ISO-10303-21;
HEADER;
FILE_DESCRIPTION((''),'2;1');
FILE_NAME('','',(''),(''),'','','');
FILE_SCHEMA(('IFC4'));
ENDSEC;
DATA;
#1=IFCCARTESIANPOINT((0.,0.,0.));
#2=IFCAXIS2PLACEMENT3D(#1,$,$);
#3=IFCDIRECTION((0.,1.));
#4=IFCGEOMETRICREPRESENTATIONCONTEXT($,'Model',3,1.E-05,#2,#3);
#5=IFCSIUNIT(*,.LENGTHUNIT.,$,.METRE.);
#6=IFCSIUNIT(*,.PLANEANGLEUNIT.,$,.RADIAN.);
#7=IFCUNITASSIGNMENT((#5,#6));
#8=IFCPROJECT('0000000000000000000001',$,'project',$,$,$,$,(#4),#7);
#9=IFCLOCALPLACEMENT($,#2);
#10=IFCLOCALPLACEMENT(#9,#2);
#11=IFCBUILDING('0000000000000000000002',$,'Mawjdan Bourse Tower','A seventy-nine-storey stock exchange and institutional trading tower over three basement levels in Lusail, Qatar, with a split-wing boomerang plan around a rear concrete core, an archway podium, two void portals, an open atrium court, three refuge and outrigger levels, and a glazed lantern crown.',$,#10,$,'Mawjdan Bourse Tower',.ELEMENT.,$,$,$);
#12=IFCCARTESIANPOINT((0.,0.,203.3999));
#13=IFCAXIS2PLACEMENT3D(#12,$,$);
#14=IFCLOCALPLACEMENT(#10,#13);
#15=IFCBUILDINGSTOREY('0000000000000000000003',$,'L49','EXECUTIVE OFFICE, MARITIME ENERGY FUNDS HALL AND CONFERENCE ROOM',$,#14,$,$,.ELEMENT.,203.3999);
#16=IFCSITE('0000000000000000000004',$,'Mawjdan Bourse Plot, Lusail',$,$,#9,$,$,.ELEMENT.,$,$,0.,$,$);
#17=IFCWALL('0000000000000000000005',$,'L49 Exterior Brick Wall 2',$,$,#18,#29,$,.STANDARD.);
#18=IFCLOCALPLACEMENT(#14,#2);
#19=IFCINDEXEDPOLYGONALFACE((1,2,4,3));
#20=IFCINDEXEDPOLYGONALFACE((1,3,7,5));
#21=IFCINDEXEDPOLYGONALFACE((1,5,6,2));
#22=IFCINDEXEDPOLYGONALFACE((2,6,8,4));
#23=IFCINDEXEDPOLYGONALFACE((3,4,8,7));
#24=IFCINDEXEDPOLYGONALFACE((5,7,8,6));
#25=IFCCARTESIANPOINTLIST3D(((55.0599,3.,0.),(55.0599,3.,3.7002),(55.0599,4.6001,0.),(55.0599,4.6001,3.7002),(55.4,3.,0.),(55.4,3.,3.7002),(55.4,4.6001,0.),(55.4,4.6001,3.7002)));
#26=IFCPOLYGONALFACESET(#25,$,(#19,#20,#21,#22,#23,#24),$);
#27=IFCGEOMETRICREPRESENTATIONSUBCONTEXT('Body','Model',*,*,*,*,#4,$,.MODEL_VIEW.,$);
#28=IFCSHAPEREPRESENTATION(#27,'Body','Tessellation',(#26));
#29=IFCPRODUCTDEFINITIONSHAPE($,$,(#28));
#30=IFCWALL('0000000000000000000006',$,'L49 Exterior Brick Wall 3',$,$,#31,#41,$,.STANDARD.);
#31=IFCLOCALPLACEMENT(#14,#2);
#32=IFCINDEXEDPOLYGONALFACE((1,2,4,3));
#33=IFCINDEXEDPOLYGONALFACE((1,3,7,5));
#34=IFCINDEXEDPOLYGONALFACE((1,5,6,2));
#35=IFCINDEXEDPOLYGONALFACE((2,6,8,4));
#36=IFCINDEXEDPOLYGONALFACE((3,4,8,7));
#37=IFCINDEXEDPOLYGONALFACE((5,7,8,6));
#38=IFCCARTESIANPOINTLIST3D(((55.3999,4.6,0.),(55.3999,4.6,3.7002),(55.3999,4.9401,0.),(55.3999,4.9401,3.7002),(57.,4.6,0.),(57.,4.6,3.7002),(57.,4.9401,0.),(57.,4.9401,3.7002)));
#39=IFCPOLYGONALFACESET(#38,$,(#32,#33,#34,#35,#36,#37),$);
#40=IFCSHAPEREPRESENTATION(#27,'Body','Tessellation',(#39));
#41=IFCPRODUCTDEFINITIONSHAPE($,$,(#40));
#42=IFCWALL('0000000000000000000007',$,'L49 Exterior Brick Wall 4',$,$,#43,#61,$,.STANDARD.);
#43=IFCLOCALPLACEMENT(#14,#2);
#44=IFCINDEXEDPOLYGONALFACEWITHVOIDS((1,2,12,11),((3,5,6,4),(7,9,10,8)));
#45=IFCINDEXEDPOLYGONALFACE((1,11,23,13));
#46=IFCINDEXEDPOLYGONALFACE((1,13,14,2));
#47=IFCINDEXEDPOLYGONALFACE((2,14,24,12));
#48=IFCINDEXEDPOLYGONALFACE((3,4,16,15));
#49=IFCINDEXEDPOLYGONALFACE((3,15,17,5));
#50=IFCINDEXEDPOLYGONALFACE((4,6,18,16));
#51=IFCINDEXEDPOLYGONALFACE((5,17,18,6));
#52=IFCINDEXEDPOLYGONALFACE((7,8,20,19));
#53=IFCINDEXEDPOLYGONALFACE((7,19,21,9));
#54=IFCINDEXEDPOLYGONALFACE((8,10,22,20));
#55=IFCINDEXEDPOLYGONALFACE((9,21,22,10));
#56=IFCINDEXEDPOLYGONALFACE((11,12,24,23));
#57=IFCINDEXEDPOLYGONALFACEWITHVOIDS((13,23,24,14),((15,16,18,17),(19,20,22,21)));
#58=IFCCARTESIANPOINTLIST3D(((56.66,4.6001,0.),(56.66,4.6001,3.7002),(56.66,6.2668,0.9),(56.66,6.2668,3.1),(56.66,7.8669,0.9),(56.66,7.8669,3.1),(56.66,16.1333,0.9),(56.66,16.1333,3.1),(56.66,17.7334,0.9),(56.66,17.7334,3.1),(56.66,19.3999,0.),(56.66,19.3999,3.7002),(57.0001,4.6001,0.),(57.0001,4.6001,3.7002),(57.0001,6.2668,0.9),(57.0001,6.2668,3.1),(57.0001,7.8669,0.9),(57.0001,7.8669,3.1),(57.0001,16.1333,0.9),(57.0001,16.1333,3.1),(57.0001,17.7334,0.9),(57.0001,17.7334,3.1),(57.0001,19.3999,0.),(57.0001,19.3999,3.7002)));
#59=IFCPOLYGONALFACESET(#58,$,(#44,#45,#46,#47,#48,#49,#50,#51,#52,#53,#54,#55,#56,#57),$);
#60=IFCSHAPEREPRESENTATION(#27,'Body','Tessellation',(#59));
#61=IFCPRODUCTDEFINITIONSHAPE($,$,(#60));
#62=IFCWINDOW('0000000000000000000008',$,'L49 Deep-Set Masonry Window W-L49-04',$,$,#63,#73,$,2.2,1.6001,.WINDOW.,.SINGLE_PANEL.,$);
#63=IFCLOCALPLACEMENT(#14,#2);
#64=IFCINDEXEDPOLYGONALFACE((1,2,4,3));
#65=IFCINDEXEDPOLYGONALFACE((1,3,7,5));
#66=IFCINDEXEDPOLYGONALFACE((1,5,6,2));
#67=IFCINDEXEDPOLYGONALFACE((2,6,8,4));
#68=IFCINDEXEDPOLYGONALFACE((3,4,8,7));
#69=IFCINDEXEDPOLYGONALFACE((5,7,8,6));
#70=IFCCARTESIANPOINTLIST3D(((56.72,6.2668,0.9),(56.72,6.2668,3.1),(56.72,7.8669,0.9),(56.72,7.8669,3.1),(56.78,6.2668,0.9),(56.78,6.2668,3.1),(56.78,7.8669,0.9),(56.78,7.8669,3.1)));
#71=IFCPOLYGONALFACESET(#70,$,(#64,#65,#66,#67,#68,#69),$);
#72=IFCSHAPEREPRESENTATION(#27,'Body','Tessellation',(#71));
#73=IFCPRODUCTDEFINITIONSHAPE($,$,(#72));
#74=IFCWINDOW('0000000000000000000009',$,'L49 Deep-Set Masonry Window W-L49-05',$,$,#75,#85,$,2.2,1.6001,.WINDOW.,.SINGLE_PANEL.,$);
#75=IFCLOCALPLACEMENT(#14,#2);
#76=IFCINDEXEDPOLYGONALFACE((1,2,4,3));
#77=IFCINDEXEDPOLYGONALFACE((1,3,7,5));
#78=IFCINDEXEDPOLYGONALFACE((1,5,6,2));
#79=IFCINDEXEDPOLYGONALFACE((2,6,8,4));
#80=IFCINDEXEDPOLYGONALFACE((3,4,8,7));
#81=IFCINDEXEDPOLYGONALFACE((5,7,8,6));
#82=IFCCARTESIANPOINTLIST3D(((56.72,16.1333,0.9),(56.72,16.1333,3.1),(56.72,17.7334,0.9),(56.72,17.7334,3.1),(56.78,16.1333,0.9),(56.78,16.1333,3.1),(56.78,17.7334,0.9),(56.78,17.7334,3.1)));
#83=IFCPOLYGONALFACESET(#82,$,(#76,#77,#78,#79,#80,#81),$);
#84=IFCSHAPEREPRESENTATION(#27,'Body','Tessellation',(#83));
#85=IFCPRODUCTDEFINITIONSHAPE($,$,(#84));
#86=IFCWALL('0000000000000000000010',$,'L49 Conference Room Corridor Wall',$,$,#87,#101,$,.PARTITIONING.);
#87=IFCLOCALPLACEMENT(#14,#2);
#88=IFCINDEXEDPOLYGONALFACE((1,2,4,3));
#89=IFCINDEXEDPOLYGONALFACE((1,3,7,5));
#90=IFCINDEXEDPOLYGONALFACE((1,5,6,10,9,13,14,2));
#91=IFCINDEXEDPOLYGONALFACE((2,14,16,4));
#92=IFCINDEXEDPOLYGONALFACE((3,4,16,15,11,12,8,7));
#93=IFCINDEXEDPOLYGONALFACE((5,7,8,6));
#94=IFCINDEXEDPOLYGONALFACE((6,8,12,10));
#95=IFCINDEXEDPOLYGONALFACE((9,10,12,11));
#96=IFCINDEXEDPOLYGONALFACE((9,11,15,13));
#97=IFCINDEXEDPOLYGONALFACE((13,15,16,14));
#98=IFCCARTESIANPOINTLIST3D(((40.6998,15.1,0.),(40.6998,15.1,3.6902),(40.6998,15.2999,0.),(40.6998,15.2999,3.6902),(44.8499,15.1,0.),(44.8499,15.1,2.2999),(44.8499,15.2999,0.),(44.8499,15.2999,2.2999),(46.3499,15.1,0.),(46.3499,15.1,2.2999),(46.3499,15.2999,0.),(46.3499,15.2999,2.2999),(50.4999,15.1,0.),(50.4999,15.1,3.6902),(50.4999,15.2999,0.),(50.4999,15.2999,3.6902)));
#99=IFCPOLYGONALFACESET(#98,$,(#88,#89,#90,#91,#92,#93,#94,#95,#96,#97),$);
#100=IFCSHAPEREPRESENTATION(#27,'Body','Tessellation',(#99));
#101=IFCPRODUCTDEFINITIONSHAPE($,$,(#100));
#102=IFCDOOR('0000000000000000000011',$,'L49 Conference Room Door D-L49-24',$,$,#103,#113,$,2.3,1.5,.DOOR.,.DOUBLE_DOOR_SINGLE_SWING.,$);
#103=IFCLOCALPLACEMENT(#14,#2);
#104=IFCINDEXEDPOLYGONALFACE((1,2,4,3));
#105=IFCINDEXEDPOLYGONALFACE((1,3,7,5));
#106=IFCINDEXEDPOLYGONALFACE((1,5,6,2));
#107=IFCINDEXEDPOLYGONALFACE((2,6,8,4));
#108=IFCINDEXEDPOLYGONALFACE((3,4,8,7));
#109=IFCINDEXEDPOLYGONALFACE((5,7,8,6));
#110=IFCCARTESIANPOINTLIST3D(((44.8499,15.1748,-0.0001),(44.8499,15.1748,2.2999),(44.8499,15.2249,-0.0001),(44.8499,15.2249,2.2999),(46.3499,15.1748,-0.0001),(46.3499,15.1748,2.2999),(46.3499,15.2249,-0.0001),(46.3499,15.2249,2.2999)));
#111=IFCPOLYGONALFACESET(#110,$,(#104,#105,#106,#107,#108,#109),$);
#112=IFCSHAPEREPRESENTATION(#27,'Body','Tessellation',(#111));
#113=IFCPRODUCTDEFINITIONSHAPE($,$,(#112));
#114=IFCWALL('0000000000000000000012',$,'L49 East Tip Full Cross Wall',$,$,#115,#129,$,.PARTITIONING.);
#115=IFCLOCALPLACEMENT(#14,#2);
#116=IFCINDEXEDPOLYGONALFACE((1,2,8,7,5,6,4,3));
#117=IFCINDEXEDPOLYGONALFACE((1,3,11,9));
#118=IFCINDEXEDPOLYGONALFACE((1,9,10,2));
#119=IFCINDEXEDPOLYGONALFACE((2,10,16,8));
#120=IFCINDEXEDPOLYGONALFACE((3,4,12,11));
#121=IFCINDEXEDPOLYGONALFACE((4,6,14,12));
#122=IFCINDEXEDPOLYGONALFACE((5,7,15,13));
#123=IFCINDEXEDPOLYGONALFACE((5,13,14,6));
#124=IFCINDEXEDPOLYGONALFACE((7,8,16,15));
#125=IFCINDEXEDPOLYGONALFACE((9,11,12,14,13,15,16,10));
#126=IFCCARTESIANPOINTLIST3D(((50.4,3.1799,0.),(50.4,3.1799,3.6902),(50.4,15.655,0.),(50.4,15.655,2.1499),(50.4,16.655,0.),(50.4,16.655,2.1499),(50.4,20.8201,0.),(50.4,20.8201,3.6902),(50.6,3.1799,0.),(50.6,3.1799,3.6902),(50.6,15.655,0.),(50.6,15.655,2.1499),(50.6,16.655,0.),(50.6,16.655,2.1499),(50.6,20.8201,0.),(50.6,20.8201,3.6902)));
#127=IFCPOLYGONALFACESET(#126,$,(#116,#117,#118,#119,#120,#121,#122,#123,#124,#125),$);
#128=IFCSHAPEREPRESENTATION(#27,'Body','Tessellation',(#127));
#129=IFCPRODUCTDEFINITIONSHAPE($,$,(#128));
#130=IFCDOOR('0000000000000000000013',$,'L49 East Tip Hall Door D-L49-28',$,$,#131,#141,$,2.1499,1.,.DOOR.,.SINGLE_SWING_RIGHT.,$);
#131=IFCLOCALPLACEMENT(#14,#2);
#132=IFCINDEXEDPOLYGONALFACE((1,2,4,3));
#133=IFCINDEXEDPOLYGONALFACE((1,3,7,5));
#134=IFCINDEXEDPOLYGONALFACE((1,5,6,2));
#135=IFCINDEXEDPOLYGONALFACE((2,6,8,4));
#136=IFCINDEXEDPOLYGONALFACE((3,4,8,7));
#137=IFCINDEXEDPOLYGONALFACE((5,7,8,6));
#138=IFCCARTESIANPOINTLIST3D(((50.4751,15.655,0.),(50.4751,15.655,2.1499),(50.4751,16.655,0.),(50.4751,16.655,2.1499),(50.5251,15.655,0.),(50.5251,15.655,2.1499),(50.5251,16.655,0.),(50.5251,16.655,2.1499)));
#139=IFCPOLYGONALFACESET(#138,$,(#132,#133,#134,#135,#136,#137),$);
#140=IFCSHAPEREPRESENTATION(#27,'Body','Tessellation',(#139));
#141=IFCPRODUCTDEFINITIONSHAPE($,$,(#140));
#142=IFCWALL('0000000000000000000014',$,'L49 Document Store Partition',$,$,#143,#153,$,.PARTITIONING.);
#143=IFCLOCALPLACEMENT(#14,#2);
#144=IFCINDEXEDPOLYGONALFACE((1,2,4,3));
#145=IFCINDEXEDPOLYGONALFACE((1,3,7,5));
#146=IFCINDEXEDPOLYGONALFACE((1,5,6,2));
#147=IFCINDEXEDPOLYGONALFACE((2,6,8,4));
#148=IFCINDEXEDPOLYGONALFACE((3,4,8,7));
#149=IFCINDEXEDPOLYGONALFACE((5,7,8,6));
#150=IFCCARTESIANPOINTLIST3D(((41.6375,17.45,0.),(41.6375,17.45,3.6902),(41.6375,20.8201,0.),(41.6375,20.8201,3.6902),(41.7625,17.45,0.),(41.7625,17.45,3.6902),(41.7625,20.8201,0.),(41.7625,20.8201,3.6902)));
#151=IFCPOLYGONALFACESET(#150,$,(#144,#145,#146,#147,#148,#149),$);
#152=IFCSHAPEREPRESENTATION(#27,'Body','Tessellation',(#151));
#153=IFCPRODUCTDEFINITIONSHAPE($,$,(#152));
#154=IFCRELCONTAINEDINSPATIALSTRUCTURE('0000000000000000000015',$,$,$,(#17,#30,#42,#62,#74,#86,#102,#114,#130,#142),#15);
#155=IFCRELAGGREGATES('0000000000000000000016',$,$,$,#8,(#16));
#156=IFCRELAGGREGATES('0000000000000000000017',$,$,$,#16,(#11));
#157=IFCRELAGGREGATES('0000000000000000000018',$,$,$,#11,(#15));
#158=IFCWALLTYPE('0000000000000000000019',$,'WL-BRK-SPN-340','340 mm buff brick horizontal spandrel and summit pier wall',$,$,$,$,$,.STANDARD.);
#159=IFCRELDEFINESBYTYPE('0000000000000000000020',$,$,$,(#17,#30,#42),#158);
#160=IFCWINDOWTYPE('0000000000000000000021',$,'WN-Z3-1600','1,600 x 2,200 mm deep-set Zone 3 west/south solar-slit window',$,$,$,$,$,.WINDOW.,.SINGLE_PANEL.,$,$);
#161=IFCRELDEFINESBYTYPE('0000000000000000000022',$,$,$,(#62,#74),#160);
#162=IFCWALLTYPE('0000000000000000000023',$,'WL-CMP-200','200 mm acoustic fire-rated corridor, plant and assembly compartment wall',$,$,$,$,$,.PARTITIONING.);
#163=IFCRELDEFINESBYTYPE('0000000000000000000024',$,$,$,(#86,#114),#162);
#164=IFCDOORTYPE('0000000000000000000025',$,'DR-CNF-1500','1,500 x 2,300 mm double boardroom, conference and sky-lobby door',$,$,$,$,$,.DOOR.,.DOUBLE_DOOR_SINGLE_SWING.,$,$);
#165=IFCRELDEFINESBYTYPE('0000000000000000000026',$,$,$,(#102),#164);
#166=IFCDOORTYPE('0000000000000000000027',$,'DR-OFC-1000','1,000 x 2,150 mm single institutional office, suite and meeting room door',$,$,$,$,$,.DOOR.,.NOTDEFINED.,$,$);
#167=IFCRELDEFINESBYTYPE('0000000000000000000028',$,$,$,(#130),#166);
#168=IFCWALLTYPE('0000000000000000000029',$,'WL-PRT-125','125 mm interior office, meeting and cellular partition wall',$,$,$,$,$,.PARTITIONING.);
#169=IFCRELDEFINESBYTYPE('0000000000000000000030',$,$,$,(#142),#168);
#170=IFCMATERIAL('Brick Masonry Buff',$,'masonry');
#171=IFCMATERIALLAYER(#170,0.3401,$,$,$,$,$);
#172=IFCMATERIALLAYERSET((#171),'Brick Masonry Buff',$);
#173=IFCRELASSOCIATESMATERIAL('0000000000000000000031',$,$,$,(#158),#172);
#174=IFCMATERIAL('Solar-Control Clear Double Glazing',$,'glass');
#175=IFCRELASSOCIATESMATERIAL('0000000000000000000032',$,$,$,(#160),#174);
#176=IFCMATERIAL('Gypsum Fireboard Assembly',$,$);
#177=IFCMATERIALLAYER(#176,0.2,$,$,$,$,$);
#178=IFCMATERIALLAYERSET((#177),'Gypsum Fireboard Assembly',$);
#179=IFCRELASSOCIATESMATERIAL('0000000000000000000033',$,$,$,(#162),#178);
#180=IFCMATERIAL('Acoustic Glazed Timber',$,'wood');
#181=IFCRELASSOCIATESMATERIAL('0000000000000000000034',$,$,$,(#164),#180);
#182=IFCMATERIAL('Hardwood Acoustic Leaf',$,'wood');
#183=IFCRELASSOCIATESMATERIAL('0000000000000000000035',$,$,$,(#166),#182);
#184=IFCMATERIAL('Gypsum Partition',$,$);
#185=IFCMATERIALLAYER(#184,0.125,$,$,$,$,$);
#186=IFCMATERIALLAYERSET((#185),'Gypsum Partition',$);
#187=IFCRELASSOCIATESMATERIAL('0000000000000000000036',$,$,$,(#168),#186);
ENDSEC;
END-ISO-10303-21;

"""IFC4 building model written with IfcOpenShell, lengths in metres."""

from ifc_helpers import new_model, si_unit, direction, frame, frame_2d, origin, place, context, subcontext, project, spatial, rectangle, extrude, material, layer, layer_set, type_object, element, fill, save


model = new_model("IFC4")

# Units and contexts
model_context = context("Model", 3, precision=1e-05, world=origin(), true_north=direction((0.0, 1.0)))
body_context = subcontext(model_context, "Body", "Model", "MODEL_VIEW")
ifc_project = project(units=[si_unit("LENGTHUNIT", "METRE"), si_unit("PLANEANGLEUNIT", "RADIAN")], contexts=[model_context])

# Site, building, storey
site_placement = place(None, origin())
site = spatial("IfcSite", under=ifc_project, at=site_placement, Name="Mawjdan Bourse Plot, Lusail", CompositionType="ELEMENT", RefElevation=0.0)
building_placement = place(site_placement, origin())
building = spatial("IfcBuilding", under=site, at=building_placement, Name="Mawjdan Bourse Tower", Description="A seventy-nine-storey stock exchange and institutional trading tower over three basement levels in Lusail, Qatar, with a split-wing boomerang plan around a rear concrete core, an archway podium, two void portals, an open atrium court, three refuge and outrigger levels, and a glazed lantern crown.", LongName="Mawjdan Bourse Tower", CompositionType="ELEMENT")
storey_placement = place(building_placement, frame((0.0, 0.0, 203.3999)))
storey = spatial("IfcBuildingStorey", under=building, at=storey_placement, Name="L49", Description="EXECUTIVE OFFICE, MARITIME ENERGY FUNDS HALL AND CONFERENCE ROOM", CompositionType="ELEMENT", Elevation=203.3999)

# Walls
ifc_material_1 = material(Name="Brick Masonry Buff", Category="masonry")
ifc_layer_1 = layer(ifc_material_1, 0.3401)
ifc_layer_set_1 = layer_set([ifc_layer_1], Name="Brick Masonry Buff")
wall_type_1 = type_object("IfcWallType", Name="WL-BRK-SPN-340", Description="340 mm buff brick horizontal spandrel and summit pier wall", PredefinedType="STANDARD", material=ifc_layer_set_1)
for number, where, z_axis, x_axis, name in (
    (1, (55.23, 3.0, 0.0), (0.0, 0.0, 1.0), (0.0, 1.0, 0.0), "L49 Exterior Brick Wall 2"),
    (2, (55.3999, 4.77, 0.0), (0.0, 0.0, 1.0), (1.0, 0.0, 0.0), "L49 Exterior Brick Wall 3"),
):
    element("IfcWall", number, at=place(storey_placement, frame(where, z_axis=z_axis, x_axis=x_axis)), inside=storey, type_object=wall_type_1, Name=name, PredefinedType="STANDARD", context=body_context, shape_type="SweptSolid", body=[
        extrude(rectangle(XDim=1.6001, YDim=0.3401, at=frame_2d((0.8, 0.0))), origin(), (0.0, 0.0, 1.0), 3.7002),
    ])

# Wall, openings, windows
wall_1_placement = place(storey_placement, frame((56.8301, 4.6001, 0.0), z_axis=(0.0, 0.0, 1.0), x_axis=(0.0, 1.0, 0.0)))
wall_1 = element("IfcWall", 3, at=wall_1_placement, inside=storey, type_object=wall_type_1, Name="L49 Exterior Brick Wall 4", PredefinedType="STANDARD", context=body_context, shape_type="SweptSolid", body=[
    extrude(rectangle(XDim=14.7998, YDim=0.3401, at=frame_2d((7.3999, 0.0))), origin(), (0.0, 0.0, 1.0), 3.7002),
])
opening_1_placement = place(wall_1_placement, frame((1.6667, 0.0, 0.8999)))
opening_1 = element("IfcOpeningElement", 4, at=opening_1_placement, cuts=wall_1, PredefinedType="OPENING", context=body_context, shape_type="SweptSolid", body=[
    extrude(rectangle(XDim=1.6001, YDim=2.2, at=frame_2d((0.8, 1.1001))), frame((0.0, 0.1802, 0.0), z_axis=(0.0, -1.0, 0.0), x_axis=(1.0, 0.0, 0.0)), (0.0, 0.0, 1.0), 0.3601),
])
opening_2_placement = place(wall_1_placement, frame((11.5332, 0.0, 0.8999)))
opening_2 = element("IfcOpeningElement", 5, at=opening_2_placement, cuts=wall_1, PredefinedType="OPENING", context=body_context, shape_type="SweptSolid", body=[
    extrude(rectangle(XDim=1.6001, YDim=2.2, at=frame_2d((0.8, 1.1001))), frame((0.0, 0.1802, 0.0), z_axis=(0.0, -1.0, 0.0), x_axis=(1.0, 0.0, 0.0)), (0.0, 0.0, 1.0), 0.3601),
])
ifc_material_2 = material(Name="Solar-Control Clear Double Glazing", Category="glass")
window_type = type_object("IfcWindowType", Name="WN-Z3-1600", Description="1,600 x 2,200 mm deep-set Zone 3 west/south solar-slit window", PartitioningType="SINGLE_PANEL", PredefinedType="WINDOW", material=ifc_material_2)
window_1_placement = place(opening_1_placement, origin())
window_1 = element("IfcWindow", 6, at=window_1_placement, inside=storey, type_object=window_type, Name="L49 Deep-Set Masonry Window W-L49-04", OverallHeight=2.2, OverallWidth=1.6001, PartitioningType="SINGLE_PANEL", PredefinedType="WINDOW", context=body_context, shape_type="SweptSolid", body=[
    extrude(rectangle(XDim=1.6001, YDim=2.2, at=frame_2d((0.8, 1.1001))), frame((0.0, 0.1101, 0.0), z_axis=(0.0, -1.0, 0.0), x_axis=(1.0, 0.0, 0.0)), (0.0, 0.0, 1.0), 0.0601),
])
fill(opening_1, window_1)
window_2_placement = place(opening_2_placement, origin())
window_2 = element("IfcWindow", 7, at=window_2_placement, inside=storey, type_object=window_type, Name="L49 Deep-Set Masonry Window W-L49-05", OverallHeight=2.2, OverallWidth=1.6001, PartitioningType="SINGLE_PANEL", PredefinedType="WINDOW", context=body_context, shape_type="SweptSolid", body=[
    extrude(rectangle(XDim=1.6001, YDim=2.2, at=frame_2d((0.8, 1.1001))), frame((0.0, 0.1101, 0.0), z_axis=(0.0, -1.0, 0.0), x_axis=(1.0, 0.0, 0.0)), (0.0, 0.0, 1.0), 0.0601),
])
fill(opening_2, window_2)

# Walls, openings, doors
ifc_material_3 = material(Name="Gypsum Fireboard Assembly")
ifc_layer_2 = layer(ifc_material_3, 0.2)
ifc_layer_set_2 = layer_set([ifc_layer_2], Name="Gypsum Fireboard Assembly")
wall_type_2 = type_object("IfcWallType", Name="WL-CMP-200", Description="200 mm acoustic fire-rated corridor, plant and assembly compartment wall", PredefinedType="PARTITIONING", material=ifc_layer_set_2)
wall_2_placement = place(storey_placement, frame((40.7, 15.2, 0.0), z_axis=(0.0, 0.0, 1.0), x_axis=(1.0, 0.0, 0.0)))
wall_2 = element("IfcWall", 8, at=wall_2_placement, inside=storey, type_object=wall_type_2, Name="L49 Conference Room Corridor Wall", PredefinedType="PARTITIONING", context=body_context, shape_type="SweptSolid", body=[
    extrude(rectangle(XDim=9.8, YDim=0.2, at=frame_2d((4.8999, 0.0))), origin(), (0.0, 0.0, 1.0), 3.6902),
])
opening_3_placement = place(wall_2_placement, frame((4.1499, 0.0, 0.0)))
opening_3 = element("IfcOpeningElement", 9, at=opening_3_placement, cuts=wall_2, PredefinedType="OPENING", context=body_context, shape_type="SweptSolid", body=[
    extrude(rectangle(XDim=1.5, YDim=2.3, at=frame_2d((0.75, 1.1499))), frame((0.0, 0.1099, 0.0), z_axis=(0.0, -1.0, 0.0), x_axis=(1.0, 0.0, 0.0)), (0.0, 0.0, 1.0), 0.22),
])
ifc_material_4 = material(Name="Acoustic Glazed Timber", Category="wood")
door_type_1 = type_object("IfcDoorType", Name="DR-CNF-1500", Description="1,500 x 2,300 mm double boardroom, conference and sky-lobby door", OperationType="DOUBLE_DOOR_SINGLE_SWING", PredefinedType="DOOR", material=ifc_material_4)
door_1_placement = place(opening_3_placement, origin())
door_1 = element("IfcDoor", 10, at=door_1_placement, inside=storey, type_object=door_type_1, Name="L49 Conference Room Door D-L49-24", OperationType="DOUBLE_DOOR_SINGLE_SWING", OverallHeight=2.3, OverallWidth=1.5, PredefinedType="DOOR", context=body_context, shape_type="SweptSolid", body=[
    extrude(rectangle(XDim=1.5, YDim=2.3, at=frame_2d((0.75, 1.1499))), frame((0.0, 0.0249, 0.0), z_axis=(0.0, -1.0, 0.0), x_axis=(1.0, 0.0, 0.0)), (0.0, 0.0, 1.0), 0.05),
])
fill(opening_3, door_1)
wall_3_placement = place(storey_placement, frame((50.5, 3.1799, 0.0), z_axis=(0.0, 0.0, 1.0), x_axis=(0.0, 1.0, 0.0)))
wall_3 = element("IfcWall", 11, at=wall_3_placement, inside=storey, type_object=wall_type_2, Name="L49 East Tip Full Cross Wall", PredefinedType="PARTITIONING", context=body_context, shape_type="SweptSolid", body=[
    extrude(rectangle(XDim=17.6401, YDim=0.2, at=frame_2d((8.8201, 0.0))), origin(), (0.0, 0.0, 1.0), 3.6902),
])
opening_4_placement = place(wall_3_placement, frame((12.4751, 0.0, 0.0)))
opening_4 = element("IfcOpeningElement", 12, at=opening_4_placement, cuts=wall_3, PredefinedType="OPENING", context=body_context, shape_type="SweptSolid", body=[
    extrude(rectangle(XDim=1.0, YDim=2.1499, at=frame_2d((0.5, 1.075))), frame((0.0, 0.1099, 0.0), z_axis=(0.0, -1.0, 0.0), x_axis=(1.0, 0.0, 0.0)), (0.0, 0.0, 1.0), 0.22),
])
ifc_material_5 = material(Name="Hardwood Acoustic Leaf", Category="wood")
door_type_2 = type_object("IfcDoorType", Name="DR-OFC-1000", Description="1,000 x 2,150 mm single institutional office, suite and meeting room door", OperationType="NOTDEFINED", PredefinedType="DOOR", material=ifc_material_5)
door_2_placement = place(opening_4_placement, origin())
door_2 = element("IfcDoor", 13, at=door_2_placement, inside=storey, type_object=door_type_2, Name="L49 East Tip Hall Door D-L49-28", OperationType="SINGLE_SWING_RIGHT", OverallHeight=2.1499, OverallWidth=1.0, PredefinedType="DOOR", context=body_context, shape_type="SweptSolid", body=[
    extrude(rectangle(XDim=1.0, YDim=2.1499, at=frame_2d((0.5, 1.075))), frame((0.0, 0.0249, 0.0), z_axis=(0.0, -1.0, 0.0), x_axis=(1.0, 0.0, 0.0)), (0.0, 0.0, 1.0), 0.05),
])
fill(opening_4, door_2)

# Wall
ifc_material_6 = material(Name="Gypsum Partition")
ifc_layer_3 = layer(ifc_material_6, 0.125)
ifc_layer_set_3 = layer_set([ifc_layer_3], Name="Gypsum Partition")
wall_type_3 = type_object("IfcWallType", Name="WL-PRT-125", Description="125 mm interior office, meeting and cellular partition wall", PredefinedType="PARTITIONING", material=ifc_layer_set_3)
wall_4_placement = place(storey_placement, frame((41.7, 17.45, 0.0), z_axis=(0.0, 0.0, 1.0), x_axis=(0.0, 1.0, 0.0)))
element("IfcWall", 14, at=wall_4_placement, inside=storey, type_object=wall_type_3, Name="L49 Document Store Partition", PredefinedType="PARTITIONING", context=body_context, shape_type="SweptSolid", body=[
    extrude(rectangle(XDim=3.3701, YDim=0.125, at=frame_2d((1.6851, 0.0))), origin(), (0.0, 0.0, 1.0), 3.6902),
])

save(model, "model.ifc")
